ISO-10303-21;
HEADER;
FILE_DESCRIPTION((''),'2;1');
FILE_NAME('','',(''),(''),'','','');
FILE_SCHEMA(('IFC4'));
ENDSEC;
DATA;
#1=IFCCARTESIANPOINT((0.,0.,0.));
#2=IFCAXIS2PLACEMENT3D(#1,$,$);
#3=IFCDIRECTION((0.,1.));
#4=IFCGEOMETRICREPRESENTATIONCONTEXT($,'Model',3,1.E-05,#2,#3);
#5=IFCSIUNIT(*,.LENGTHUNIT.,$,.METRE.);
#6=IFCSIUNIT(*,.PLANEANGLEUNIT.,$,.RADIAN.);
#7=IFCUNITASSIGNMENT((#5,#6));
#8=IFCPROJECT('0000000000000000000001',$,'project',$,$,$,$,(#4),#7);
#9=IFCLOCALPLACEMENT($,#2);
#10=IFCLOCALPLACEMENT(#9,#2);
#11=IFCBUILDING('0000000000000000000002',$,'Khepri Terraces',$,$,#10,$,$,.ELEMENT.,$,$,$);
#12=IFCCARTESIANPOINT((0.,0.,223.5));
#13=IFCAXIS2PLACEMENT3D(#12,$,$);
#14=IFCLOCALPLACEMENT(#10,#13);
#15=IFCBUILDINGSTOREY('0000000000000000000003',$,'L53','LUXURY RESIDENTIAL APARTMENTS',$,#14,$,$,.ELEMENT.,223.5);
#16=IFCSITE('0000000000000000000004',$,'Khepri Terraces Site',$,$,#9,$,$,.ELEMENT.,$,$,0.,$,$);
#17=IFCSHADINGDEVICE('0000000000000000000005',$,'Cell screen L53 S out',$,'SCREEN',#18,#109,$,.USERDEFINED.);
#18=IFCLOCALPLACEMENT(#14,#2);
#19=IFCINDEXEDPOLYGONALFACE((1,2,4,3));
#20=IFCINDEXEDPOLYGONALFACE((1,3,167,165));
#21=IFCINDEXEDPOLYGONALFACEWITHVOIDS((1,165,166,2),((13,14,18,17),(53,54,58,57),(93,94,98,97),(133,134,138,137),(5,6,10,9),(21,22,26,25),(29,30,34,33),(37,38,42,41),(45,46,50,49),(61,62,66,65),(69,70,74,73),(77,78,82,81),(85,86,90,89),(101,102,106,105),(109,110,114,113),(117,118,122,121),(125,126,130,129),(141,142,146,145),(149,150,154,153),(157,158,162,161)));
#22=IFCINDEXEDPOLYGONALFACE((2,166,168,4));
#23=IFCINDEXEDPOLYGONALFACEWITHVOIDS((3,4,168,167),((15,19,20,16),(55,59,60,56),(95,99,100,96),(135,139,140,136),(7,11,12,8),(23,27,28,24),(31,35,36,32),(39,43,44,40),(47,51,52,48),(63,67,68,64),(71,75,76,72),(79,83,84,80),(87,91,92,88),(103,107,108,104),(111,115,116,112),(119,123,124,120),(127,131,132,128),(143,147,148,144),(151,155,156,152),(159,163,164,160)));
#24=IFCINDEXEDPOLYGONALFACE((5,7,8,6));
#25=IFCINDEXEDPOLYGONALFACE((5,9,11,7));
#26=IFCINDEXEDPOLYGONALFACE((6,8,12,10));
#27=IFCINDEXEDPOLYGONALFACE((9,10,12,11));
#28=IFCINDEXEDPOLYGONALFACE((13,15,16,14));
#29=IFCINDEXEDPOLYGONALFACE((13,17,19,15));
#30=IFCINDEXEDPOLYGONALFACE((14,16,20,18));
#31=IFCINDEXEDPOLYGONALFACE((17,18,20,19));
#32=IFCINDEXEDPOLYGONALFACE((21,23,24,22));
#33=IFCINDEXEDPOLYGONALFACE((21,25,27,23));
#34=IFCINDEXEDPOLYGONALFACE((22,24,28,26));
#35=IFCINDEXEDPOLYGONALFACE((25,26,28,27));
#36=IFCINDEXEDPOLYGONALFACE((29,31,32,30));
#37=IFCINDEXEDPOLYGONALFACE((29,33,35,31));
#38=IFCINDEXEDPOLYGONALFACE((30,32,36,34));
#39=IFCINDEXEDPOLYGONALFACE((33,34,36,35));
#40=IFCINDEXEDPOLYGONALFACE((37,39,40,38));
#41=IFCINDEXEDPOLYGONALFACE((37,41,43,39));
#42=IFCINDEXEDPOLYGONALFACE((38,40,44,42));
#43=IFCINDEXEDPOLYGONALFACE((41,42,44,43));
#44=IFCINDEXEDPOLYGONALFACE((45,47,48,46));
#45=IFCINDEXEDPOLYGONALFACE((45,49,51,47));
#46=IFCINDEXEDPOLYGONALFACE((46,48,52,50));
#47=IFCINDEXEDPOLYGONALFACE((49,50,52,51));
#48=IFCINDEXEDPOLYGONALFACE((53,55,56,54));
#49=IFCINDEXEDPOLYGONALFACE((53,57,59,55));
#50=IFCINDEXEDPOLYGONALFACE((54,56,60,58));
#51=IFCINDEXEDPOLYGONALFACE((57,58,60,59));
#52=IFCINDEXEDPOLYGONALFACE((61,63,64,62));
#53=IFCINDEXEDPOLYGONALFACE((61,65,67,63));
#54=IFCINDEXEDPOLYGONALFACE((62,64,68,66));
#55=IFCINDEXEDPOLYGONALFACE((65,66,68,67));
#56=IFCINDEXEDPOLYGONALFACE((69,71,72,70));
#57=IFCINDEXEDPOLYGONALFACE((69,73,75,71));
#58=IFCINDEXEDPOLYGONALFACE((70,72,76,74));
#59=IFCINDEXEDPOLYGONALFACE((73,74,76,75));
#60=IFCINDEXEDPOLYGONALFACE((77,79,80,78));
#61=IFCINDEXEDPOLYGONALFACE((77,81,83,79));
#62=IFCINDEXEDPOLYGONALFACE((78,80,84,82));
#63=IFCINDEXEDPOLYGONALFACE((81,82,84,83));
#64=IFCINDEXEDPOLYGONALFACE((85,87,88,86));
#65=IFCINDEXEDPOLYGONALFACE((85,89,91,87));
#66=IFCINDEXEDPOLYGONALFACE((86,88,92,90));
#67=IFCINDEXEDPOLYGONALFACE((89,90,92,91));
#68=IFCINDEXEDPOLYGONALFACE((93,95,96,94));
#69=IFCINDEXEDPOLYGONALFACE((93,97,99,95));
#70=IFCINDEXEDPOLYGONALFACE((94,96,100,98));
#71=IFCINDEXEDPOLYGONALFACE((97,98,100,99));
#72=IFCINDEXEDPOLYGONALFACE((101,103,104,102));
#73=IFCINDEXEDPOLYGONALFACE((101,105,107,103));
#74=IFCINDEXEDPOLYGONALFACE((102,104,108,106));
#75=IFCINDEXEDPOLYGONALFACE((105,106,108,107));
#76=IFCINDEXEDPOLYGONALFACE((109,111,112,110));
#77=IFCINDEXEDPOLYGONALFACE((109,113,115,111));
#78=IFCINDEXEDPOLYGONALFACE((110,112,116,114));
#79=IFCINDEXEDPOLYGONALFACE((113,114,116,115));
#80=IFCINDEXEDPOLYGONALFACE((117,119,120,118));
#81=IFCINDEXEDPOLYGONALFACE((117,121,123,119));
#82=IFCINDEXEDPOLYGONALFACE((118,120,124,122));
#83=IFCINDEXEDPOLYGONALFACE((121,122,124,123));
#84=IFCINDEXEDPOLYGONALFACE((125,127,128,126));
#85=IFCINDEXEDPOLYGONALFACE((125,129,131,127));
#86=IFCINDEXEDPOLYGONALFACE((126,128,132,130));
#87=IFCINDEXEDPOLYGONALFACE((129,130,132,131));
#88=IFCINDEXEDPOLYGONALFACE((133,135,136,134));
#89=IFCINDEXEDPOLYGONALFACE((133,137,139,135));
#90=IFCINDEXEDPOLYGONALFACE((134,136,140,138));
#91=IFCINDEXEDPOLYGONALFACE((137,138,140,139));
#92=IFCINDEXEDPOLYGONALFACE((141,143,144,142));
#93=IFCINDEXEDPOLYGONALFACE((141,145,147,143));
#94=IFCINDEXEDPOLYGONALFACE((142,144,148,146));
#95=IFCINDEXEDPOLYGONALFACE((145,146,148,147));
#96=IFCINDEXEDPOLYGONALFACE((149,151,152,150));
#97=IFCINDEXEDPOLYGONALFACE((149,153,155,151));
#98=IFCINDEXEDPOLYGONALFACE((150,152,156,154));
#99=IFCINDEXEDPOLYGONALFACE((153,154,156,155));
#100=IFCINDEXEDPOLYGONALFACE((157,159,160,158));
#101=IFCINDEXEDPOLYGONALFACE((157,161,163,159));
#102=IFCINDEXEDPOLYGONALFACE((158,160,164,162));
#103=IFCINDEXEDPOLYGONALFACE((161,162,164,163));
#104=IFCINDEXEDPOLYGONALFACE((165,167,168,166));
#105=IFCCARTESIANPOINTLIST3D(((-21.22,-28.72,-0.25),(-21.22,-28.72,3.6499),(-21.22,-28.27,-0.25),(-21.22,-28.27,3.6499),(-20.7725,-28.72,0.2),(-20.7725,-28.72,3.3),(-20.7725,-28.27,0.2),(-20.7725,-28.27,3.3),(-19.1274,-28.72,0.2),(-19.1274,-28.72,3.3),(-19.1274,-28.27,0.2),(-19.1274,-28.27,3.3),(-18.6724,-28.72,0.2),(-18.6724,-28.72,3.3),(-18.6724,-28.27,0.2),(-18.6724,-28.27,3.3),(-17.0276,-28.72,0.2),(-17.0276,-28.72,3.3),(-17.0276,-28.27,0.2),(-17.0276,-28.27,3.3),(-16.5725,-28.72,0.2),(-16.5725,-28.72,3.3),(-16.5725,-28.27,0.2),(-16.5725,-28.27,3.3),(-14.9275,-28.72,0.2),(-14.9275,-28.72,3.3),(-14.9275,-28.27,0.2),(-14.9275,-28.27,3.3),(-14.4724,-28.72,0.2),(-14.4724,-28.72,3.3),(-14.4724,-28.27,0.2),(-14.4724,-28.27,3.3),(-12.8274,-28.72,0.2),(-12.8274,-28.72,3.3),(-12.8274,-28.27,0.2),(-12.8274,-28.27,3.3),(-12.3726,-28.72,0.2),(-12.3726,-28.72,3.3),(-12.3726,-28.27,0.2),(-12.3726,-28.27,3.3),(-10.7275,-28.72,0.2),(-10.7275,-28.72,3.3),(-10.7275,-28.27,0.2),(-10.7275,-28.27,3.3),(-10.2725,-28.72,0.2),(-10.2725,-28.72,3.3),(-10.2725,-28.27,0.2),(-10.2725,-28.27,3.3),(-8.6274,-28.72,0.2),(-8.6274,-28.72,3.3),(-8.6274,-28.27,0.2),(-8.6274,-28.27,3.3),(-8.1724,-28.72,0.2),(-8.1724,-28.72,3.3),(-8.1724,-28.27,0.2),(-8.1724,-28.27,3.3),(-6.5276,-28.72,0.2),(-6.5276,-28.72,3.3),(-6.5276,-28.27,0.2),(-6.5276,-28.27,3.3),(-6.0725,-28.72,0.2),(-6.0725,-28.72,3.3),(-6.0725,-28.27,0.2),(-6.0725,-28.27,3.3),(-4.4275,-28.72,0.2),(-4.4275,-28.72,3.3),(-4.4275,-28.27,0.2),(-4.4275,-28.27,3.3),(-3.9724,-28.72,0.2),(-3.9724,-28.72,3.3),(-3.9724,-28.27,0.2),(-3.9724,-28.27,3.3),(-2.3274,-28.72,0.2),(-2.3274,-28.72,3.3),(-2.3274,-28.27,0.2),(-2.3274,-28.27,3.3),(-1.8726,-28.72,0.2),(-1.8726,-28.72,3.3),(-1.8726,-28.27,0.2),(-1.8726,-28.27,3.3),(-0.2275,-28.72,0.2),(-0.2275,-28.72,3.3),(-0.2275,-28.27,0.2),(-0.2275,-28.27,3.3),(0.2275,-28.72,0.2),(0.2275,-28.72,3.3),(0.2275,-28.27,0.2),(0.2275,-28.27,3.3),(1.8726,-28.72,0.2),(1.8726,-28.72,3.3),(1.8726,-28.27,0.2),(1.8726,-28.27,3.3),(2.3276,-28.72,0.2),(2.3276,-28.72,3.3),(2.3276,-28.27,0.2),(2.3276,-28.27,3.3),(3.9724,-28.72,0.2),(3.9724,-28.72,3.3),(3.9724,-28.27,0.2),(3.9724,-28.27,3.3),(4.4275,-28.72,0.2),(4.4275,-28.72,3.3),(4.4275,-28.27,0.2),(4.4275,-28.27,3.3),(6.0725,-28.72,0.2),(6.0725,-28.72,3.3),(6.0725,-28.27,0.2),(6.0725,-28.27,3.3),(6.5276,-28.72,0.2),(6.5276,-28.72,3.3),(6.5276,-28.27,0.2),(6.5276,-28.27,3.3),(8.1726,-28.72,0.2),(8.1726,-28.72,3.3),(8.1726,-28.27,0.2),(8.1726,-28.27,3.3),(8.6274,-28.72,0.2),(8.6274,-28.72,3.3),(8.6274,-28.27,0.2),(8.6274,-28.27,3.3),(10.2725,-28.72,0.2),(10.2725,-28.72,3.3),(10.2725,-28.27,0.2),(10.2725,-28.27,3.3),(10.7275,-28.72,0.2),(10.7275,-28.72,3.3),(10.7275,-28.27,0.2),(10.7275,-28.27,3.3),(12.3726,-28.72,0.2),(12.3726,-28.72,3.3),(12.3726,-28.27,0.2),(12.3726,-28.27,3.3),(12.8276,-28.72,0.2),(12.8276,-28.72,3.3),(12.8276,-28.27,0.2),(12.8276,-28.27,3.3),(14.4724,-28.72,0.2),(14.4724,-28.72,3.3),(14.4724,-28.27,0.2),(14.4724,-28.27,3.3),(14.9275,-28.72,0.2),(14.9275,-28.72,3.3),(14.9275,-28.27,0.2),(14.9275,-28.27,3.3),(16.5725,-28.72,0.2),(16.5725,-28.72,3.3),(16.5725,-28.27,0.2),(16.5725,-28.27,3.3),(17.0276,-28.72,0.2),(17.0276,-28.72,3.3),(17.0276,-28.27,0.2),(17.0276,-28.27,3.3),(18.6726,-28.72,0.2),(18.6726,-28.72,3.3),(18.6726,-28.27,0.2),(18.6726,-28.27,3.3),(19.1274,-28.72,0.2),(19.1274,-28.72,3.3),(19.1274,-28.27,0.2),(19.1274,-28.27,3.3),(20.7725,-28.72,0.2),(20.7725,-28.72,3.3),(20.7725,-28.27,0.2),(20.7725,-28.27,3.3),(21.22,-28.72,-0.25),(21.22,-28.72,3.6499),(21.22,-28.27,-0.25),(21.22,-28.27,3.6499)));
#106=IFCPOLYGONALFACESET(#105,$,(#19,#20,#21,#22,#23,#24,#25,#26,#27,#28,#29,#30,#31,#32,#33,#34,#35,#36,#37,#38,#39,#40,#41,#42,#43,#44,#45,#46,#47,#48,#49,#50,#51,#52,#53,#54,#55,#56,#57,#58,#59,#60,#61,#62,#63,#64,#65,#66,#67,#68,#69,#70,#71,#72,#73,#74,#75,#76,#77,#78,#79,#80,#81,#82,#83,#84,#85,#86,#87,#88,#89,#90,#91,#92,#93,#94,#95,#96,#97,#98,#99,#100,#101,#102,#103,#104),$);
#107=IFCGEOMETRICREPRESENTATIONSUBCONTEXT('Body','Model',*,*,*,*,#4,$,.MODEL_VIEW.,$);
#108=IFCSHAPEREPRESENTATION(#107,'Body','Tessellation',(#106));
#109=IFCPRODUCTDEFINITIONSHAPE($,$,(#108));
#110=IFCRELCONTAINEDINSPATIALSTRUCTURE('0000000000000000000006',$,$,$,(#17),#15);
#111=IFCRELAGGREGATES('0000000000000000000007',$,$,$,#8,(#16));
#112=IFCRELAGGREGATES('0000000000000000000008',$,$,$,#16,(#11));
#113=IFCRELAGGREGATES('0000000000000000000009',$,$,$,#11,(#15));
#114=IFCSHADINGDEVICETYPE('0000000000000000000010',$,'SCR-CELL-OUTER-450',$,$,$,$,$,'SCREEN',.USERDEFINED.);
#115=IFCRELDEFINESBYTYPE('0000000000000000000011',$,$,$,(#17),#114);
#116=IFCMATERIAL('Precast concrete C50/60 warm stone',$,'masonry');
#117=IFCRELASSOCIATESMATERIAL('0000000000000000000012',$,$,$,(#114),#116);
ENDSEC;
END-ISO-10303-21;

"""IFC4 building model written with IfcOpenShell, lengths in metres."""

from ifc_helpers import new_model, si_unit, direction, frame, origin, place, context, subcontext, project, spatial, polyline, outline, extrude, material, type_object, element, save


model = new_model("IFC4")

# Units and contexts
model_context = context("Model", 3, precision=1e-05, world=origin(), true_north=direction((0.0, 1.0)))
body_context = subcontext(model_context, "Body", "Model", "MODEL_VIEW")
ifc_project = project(units=[si_unit("LENGTHUNIT", "METRE"), si_unit("PLANEANGLEUNIT", "RADIAN")], contexts=[model_context])

# Site, building, storey
site_placement = place(None, origin())
site = spatial("IfcSite", under=ifc_project, at=site_placement, Name="Khepri Terraces Site", CompositionType="ELEMENT", RefElevation=0.0)
building_placement = place(site_placement, origin())
building = spatial("IfcBuilding", under=site, at=building_placement, Name="Khepri Terraces", CompositionType="ELEMENT")
storey_placement = place(building_placement, frame((0.0, 0.0, 223.5)))
storey = spatial("IfcBuildingStorey", under=building, at=storey_placement, Name="L53", Description="LUXURY RESIDENTIAL APARTMENTS", CompositionType="ELEMENT", Elevation=223.5)

# Shared definitions
ifc_material_1 = material(Name="Precast concrete C50/60 warm stone", Category="masonry")

# Shading device
shading_device_type_1 = type_object("IfcShadingDeviceType", Name="SCR-CELL-OUTER-450", ElementType="SCREEN", PredefinedType="USERDEFINED", material=ifc_material_1)
shading_device_1_placement = place(storey_placement, frame((-21.22, -28.27, -0.25), z_axis=(0.0, -1.0, 0.0), x_axis=(1.0, 0.0, 0.0)))
element("IfcShadingDevice", 1, at=shading_device_1_placement, inside=storey, type_object=shading_device_type_1, Name="Cell screen L53 S out", ObjectType="SCREEN", PredefinedType="USERDEFINED", context=body_context, shape_type="SweptSolid", body=[
    extrude(outline(polyline([(0.0, 0.0), (42.4399, 0.0), (42.4399, 3.8999), (0.0, 3.8999), (0.0, 0.0)]), holes=[polyline([(0.4475, 0.45), (2.0925, 0.45), (2.0925, 3.55), (0.4475, 3.55), (0.4475, 0.45)]), polyline([(2.5476, 0.45), (4.1924, 0.45), (4.1924, 3.55), (2.5476, 3.55), (2.5476, 0.45)]), polyline([(4.6475, 0.45), (6.2925, 0.45), (6.2925, 3.55), (4.6475, 3.55), (4.6475, 0.45)]), polyline([(6.7476, 0.45), (8.3926, 0.45), (8.3926, 3.55), (6.7476, 3.55), (6.7476, 0.45)]), polyline([(8.8474, 0.45), (10.4924, 0.45), (10.4924, 3.55), (8.8474, 3.55), (8.8474, 0.45)]), polyline([(10.9475, 0.45), (12.5925, 0.45), (12.5925, 3.55), (10.9475, 3.55), (10.9475, 0.45)]), polyline([(13.0476, 0.45), (14.6924, 0.45), (14.6924, 3.55), (13.0476, 3.55), (13.0476, 0.45)]), polyline([(15.1475, 0.45), (16.7925, 0.45), (16.7925, 3.55), (15.1475, 3.55), (15.1475, 0.45)]), polyline([(17.2476, 0.45), (18.8926, 0.45), (18.8926, 3.55), (17.2476, 3.55), (17.2476, 0.45)]), polyline([(19.3474, 0.45), (20.9924, 0.45), (20.9924, 3.55), (19.3474, 3.55), (19.3474, 0.45)]), polyline([(21.4475, 0.45), (23.0925, 0.45), (23.0925, 3.55), (21.4475, 3.55), (21.4475, 0.45)]), polyline([(23.5476, 0.45), (25.1924, 0.45), (25.1924, 3.55), (23.5476, 3.55), (23.5476, 0.45)]), polyline([(25.6475, 0.45), (27.2925, 0.45), (27.2925, 3.55), (25.6475, 3.55), (25.6475, 0.45)]), polyline([(27.7476, 0.45), (29.3926, 0.45), (29.3926, 3.55), (27.7476, 3.55), (27.7476, 0.45)]), polyline([(29.8474, 0.45), (31.4924, 0.45), (31.4924, 3.55), (29.8474, 3.55), (29.8474, 0.45)]), polyline([(31.9475, 0.45), (33.5925, 0.45), (33.5925, 3.55), (31.9475, 3.55), (31.9475, 0.45)]), polyline([(34.0476, 0.45), (35.6924, 0.45), (35.6924, 3.55), (34.0476, 3.55), (34.0476, 0.45)]), polyline([(36.1475, 0.45), (37.7925, 0.45), (37.7925, 3.55), (36.1475, 3.55), (36.1475, 0.45)]), polyline([(38.2476, 0.45), (39.8926, 0.45), (39.8926, 3.55), (38.2476, 3.55), (38.2476, 0.45)]), polyline([(40.3474, 0.45), (41.9924, 0.45), (41.9924, 3.55), (40.3474, 3.55), (40.3474, 0.45)])]), origin(), (0.0, 0.0, 1.0), 0.45),
])

save(model, "model.ifc")
